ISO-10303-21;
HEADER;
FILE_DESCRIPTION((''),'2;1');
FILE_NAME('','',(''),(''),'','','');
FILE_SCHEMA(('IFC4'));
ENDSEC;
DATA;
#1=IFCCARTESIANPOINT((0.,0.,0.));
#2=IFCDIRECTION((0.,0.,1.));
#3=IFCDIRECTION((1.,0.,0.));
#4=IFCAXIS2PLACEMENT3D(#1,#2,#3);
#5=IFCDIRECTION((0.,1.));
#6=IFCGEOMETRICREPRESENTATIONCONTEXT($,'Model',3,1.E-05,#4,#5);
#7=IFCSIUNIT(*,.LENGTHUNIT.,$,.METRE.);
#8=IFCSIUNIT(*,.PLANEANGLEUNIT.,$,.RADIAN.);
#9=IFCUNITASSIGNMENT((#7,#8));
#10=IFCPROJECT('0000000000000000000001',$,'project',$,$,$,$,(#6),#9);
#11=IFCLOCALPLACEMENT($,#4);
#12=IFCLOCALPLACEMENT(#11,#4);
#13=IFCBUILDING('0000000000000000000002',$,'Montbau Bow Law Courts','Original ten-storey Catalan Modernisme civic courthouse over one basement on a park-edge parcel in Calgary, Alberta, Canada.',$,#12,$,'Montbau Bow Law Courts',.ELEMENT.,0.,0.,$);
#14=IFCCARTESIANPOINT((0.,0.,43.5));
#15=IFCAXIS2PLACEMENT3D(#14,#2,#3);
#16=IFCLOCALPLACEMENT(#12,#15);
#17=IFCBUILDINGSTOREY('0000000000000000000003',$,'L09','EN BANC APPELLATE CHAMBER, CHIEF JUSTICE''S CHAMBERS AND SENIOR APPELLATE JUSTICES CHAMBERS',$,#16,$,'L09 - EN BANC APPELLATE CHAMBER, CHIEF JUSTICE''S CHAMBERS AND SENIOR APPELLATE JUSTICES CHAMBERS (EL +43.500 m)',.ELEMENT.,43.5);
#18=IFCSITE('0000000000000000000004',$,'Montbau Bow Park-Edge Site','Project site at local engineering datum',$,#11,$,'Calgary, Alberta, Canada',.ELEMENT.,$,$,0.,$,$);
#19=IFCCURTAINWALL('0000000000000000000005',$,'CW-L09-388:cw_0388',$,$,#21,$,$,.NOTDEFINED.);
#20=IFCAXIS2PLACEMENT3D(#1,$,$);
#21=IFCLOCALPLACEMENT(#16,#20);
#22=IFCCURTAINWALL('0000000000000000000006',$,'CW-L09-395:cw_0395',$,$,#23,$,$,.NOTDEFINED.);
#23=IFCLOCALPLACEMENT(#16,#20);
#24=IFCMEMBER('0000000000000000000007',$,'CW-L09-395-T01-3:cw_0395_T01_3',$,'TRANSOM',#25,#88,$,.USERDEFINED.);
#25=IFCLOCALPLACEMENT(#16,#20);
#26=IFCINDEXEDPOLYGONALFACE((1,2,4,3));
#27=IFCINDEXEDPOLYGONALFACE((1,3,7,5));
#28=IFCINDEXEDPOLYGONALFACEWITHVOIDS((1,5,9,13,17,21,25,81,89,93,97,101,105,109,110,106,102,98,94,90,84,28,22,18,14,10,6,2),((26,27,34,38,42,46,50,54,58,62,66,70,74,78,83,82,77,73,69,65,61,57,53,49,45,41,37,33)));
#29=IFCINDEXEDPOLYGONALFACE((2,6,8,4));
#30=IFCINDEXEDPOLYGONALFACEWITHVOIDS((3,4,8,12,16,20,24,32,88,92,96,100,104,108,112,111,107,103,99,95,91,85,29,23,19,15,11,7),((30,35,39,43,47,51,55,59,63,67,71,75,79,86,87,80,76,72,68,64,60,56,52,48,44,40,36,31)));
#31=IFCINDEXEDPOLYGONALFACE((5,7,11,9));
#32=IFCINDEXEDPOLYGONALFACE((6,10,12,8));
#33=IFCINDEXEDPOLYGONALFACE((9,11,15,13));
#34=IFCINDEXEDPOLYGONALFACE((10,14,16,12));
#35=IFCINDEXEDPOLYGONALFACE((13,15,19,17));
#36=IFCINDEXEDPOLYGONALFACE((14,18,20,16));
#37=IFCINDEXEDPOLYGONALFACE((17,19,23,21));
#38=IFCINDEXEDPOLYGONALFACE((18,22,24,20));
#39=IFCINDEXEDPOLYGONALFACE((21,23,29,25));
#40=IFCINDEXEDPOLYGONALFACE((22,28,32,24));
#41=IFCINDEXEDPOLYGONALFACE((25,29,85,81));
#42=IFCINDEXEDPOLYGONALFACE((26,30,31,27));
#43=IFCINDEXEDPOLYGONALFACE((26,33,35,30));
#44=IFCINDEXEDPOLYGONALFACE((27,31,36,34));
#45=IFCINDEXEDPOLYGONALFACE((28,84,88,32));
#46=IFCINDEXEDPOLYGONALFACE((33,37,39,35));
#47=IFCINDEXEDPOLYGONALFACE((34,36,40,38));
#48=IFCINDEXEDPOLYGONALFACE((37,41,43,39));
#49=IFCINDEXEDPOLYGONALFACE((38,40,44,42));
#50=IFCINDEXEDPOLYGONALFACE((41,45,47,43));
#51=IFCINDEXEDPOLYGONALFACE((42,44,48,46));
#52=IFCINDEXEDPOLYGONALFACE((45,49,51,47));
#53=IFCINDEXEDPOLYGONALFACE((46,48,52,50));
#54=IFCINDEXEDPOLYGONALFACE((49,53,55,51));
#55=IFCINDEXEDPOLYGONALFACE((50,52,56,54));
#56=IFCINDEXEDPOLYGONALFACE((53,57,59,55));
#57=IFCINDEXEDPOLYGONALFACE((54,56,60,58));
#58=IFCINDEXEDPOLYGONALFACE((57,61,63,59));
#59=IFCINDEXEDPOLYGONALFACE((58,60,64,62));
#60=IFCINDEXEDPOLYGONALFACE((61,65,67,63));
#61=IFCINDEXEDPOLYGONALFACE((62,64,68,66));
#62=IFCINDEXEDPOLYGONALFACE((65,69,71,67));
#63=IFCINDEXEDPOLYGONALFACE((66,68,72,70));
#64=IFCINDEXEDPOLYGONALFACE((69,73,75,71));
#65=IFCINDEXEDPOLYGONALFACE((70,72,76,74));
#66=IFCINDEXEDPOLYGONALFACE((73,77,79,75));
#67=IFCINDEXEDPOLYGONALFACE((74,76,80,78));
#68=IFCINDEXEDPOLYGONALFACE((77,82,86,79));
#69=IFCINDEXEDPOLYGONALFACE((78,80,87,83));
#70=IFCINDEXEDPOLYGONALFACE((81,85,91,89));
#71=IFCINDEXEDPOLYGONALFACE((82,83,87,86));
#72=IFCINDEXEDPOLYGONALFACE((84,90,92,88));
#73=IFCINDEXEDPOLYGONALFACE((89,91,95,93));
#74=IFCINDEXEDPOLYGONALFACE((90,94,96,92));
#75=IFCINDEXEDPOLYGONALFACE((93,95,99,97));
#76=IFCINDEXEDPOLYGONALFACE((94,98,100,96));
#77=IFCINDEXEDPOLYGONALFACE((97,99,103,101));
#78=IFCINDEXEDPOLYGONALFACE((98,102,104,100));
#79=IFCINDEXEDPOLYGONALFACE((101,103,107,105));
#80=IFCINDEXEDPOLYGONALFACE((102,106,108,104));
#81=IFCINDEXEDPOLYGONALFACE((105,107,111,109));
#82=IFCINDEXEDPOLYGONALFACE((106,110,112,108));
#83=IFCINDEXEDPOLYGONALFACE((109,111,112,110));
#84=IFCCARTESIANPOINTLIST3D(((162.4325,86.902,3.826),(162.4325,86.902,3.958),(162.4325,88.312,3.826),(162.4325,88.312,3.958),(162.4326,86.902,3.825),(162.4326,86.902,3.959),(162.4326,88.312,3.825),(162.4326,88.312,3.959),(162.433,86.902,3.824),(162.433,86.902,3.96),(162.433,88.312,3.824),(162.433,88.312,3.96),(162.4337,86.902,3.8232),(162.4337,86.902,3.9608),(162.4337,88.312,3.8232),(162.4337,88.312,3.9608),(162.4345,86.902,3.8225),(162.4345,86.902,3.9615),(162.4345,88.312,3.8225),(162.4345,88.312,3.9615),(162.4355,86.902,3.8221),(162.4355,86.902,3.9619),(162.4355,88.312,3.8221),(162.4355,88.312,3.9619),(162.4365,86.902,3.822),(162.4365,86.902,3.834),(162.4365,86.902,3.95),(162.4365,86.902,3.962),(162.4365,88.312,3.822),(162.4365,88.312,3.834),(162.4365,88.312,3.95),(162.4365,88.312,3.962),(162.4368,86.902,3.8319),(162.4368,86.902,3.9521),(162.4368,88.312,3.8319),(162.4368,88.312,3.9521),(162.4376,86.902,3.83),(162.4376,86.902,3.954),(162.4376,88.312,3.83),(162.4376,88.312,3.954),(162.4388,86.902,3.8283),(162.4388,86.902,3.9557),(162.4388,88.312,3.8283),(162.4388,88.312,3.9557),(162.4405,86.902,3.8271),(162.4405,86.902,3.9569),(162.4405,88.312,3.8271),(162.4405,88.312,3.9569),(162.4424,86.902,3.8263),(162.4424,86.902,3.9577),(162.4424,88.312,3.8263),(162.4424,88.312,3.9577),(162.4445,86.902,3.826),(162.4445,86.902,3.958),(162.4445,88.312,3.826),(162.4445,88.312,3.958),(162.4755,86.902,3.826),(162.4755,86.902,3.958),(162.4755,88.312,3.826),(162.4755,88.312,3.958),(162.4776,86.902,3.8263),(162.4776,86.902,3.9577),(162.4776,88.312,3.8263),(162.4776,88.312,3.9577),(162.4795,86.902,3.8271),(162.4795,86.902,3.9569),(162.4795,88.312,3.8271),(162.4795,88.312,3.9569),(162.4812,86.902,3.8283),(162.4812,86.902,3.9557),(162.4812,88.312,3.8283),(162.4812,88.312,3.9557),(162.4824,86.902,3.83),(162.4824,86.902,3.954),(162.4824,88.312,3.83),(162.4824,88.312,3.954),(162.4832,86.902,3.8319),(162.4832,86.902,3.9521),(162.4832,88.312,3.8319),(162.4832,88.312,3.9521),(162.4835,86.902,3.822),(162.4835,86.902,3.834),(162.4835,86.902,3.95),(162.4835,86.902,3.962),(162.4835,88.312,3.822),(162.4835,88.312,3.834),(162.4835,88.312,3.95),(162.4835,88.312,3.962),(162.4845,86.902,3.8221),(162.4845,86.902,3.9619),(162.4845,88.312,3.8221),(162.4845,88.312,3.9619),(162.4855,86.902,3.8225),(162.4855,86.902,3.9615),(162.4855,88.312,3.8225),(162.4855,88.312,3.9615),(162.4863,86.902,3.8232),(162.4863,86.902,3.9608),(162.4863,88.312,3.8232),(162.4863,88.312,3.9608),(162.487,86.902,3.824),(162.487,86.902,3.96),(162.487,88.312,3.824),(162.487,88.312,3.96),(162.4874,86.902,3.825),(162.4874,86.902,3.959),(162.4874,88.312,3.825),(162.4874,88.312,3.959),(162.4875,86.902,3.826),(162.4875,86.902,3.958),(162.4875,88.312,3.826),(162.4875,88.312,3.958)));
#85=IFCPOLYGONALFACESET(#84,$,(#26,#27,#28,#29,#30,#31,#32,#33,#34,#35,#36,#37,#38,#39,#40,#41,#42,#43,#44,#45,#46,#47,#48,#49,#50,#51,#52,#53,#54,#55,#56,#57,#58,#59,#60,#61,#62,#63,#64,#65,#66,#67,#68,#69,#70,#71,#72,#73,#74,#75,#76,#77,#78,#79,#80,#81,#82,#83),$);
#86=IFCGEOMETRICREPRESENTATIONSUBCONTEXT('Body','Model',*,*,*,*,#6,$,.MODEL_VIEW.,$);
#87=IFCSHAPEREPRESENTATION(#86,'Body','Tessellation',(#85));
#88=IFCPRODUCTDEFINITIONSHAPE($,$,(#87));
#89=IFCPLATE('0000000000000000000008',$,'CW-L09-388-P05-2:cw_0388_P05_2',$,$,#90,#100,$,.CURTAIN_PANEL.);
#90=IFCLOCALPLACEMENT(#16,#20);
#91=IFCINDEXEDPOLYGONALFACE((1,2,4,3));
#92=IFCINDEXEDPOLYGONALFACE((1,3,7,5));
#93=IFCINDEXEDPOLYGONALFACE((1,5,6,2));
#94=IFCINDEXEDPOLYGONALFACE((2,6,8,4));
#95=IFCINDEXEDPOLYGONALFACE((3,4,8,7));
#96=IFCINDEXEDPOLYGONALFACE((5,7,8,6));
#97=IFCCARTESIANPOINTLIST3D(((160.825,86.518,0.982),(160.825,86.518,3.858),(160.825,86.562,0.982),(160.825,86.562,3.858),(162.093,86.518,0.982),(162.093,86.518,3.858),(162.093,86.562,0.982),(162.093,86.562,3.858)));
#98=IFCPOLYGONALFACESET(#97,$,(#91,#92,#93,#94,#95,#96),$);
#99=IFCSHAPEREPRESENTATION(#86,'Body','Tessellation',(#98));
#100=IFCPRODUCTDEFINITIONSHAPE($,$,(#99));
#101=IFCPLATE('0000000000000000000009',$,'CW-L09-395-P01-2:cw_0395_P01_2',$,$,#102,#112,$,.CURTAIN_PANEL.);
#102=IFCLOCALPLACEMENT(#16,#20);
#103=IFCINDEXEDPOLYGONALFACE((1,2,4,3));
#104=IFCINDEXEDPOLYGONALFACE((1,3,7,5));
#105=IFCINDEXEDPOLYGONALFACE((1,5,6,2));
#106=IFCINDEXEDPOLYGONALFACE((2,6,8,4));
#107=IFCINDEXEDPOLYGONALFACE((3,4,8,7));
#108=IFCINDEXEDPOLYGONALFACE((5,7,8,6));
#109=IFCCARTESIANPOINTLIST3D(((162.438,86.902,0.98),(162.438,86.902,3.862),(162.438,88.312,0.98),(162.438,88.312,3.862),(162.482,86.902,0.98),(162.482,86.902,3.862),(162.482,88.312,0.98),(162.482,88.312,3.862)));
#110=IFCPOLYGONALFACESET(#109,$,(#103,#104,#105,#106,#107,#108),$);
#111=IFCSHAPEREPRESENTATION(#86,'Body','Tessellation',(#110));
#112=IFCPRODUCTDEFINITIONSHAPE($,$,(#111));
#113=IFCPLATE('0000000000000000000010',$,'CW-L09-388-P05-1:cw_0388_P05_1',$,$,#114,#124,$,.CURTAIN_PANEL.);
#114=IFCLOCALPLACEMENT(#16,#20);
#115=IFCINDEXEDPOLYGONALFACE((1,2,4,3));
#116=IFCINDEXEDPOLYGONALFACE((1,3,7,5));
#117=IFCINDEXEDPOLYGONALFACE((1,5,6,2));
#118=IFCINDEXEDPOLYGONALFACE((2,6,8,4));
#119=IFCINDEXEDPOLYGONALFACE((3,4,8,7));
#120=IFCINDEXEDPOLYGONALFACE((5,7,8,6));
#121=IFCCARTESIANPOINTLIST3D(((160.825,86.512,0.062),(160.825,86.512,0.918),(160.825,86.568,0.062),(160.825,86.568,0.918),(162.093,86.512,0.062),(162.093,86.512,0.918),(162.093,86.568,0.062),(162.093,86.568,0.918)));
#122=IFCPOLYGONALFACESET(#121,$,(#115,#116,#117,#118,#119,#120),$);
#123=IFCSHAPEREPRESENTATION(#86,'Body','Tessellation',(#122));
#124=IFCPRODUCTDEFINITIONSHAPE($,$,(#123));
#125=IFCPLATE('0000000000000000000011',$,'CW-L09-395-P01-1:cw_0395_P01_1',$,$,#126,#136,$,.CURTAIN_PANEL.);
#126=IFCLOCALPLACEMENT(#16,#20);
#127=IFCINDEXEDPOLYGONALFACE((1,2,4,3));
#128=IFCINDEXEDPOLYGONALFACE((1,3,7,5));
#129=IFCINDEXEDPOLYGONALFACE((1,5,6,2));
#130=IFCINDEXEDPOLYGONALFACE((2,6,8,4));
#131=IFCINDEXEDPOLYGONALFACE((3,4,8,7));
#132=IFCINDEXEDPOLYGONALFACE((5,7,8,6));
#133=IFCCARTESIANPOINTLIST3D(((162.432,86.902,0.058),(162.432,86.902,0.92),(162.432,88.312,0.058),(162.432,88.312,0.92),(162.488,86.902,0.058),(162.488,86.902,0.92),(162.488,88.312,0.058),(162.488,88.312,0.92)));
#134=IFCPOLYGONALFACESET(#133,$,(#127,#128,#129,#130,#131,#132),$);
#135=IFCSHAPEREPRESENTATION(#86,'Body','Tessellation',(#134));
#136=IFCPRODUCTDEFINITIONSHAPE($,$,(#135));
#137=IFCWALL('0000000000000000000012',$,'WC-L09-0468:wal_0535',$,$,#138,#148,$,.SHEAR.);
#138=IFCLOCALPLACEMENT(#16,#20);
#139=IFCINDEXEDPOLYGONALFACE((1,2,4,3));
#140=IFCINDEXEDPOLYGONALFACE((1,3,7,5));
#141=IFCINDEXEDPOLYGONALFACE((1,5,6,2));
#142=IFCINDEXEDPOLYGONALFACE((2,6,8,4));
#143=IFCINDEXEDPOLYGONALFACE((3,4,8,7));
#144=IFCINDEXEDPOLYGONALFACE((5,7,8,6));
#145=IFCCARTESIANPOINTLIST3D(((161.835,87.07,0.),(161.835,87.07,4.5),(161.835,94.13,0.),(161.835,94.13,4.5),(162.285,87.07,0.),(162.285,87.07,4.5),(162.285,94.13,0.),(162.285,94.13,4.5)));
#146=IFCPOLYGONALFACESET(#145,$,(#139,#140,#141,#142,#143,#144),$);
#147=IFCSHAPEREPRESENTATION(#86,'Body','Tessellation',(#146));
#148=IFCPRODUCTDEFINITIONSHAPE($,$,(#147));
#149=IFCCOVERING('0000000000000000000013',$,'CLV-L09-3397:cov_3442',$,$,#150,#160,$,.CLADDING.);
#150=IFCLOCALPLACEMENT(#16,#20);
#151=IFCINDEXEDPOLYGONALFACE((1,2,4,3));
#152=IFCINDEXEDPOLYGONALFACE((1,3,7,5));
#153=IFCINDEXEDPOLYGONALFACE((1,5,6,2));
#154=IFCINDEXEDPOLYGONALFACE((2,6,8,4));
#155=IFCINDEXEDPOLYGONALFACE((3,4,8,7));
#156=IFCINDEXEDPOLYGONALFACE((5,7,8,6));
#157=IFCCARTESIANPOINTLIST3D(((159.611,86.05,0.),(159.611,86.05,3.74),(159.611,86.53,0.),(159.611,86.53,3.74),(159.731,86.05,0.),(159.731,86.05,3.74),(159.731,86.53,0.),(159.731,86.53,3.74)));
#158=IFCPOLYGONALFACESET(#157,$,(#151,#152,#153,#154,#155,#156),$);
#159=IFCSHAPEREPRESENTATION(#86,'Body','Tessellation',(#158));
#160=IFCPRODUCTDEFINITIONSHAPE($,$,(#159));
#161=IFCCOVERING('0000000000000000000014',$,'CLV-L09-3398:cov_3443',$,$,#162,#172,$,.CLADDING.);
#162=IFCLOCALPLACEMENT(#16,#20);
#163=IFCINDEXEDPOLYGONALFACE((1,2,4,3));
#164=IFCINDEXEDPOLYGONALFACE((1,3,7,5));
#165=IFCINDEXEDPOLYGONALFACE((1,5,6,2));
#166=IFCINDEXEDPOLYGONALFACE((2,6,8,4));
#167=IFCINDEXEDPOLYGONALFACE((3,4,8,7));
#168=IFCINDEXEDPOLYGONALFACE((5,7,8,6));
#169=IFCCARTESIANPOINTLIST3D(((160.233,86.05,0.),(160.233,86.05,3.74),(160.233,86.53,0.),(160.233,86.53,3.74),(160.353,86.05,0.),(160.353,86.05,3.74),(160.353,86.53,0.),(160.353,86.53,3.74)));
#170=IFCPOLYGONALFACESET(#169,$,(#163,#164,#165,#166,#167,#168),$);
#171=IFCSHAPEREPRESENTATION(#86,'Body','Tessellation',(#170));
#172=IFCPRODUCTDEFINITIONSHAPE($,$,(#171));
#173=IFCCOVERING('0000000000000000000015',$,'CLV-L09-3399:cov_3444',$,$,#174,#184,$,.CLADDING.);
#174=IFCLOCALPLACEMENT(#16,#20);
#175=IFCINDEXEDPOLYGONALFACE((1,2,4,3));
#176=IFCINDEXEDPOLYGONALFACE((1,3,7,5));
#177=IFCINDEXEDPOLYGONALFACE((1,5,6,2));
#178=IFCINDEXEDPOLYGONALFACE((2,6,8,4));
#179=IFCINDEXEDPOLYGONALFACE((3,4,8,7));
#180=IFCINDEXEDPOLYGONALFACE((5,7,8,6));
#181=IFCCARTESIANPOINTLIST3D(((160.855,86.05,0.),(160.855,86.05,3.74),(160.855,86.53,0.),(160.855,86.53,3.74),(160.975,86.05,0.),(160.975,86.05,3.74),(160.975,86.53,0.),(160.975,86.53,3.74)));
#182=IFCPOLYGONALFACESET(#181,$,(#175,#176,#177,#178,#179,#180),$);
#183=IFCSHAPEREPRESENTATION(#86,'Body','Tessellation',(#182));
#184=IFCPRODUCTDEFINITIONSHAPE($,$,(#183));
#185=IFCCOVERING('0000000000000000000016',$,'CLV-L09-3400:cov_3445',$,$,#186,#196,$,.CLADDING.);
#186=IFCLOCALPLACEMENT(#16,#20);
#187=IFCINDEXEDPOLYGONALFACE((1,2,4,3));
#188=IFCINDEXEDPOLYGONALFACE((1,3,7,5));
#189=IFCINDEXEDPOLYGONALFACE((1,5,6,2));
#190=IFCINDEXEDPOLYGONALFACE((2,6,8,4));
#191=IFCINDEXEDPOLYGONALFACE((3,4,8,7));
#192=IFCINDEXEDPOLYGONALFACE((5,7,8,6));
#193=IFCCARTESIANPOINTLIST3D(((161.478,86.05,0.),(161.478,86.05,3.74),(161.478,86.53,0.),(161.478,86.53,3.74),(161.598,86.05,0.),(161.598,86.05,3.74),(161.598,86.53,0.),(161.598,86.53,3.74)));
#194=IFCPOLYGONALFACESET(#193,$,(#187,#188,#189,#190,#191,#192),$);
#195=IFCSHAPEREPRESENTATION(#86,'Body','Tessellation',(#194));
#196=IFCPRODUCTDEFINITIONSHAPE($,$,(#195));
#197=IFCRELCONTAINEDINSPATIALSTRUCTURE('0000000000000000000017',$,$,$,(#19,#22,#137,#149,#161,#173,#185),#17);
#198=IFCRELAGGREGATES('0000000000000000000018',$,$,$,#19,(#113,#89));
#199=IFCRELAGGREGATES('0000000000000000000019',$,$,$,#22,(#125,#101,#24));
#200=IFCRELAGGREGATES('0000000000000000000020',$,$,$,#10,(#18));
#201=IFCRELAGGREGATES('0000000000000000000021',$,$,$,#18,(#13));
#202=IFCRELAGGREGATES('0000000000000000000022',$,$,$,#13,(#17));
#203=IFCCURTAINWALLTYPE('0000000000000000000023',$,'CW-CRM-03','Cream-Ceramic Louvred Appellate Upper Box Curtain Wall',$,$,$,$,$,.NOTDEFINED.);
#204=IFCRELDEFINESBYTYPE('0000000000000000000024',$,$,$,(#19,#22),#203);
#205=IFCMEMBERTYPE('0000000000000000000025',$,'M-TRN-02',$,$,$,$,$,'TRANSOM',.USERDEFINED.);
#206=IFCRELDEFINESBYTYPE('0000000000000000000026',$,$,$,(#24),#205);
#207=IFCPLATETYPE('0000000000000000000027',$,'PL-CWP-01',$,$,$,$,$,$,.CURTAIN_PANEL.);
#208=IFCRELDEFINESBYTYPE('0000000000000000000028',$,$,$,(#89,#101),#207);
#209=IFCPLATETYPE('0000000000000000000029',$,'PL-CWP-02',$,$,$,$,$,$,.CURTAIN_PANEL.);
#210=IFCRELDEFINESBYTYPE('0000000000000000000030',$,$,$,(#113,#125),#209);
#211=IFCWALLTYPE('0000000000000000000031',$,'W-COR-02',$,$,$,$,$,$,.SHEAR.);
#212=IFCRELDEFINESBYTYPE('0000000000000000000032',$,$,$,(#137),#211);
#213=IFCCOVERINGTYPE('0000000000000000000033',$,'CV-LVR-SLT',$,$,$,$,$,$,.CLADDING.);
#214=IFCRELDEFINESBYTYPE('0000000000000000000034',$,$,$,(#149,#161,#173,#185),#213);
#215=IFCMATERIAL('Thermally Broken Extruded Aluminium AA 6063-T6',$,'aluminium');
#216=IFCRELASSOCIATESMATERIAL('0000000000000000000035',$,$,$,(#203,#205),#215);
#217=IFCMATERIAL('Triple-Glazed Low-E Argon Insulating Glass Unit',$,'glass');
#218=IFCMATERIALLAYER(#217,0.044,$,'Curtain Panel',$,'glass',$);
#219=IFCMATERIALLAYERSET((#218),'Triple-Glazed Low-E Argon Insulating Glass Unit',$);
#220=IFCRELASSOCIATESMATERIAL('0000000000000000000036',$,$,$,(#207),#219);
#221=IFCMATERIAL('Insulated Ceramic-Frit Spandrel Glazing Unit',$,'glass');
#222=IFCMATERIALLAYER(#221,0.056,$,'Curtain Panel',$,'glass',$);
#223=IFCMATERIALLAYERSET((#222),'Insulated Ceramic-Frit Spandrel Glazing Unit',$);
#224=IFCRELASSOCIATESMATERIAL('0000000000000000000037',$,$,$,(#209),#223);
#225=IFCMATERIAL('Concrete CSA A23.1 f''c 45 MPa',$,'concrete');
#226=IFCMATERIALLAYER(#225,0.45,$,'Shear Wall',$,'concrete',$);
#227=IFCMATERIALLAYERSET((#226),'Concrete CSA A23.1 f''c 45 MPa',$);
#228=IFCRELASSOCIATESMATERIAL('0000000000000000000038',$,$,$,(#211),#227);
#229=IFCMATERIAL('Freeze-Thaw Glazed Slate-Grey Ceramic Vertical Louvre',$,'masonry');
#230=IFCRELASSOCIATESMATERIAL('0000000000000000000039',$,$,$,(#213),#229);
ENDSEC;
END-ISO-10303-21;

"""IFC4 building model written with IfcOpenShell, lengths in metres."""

from ifc_helpers import new_model, si_unit, direction, frame, frame_2d, origin_with_axes, origin_2d_with_axis, place, context, subcontext, project, spatial, rectangle, hollow_rectangle, extrude, material, layer, layer_set, material_profile, profile_set, type_object, element, aggregate, save


model = new_model("IFC4")

# Units and contexts
model_context = context("Model", 3, precision=1e-05, world=origin_with_axes(), true_north=direction((0.0, 1.0)))
body_context = subcontext(model_context, "Body", "Model", "MODEL_VIEW")
ifc_project = project(units=[si_unit("LENGTHUNIT", "METRE"), si_unit("PLANEANGLEUNIT", "RADIAN")], contexts=[model_context])

# Site, building, storey
site_placement = place(None, origin_with_axes())
site = spatial("IfcSite", under=ifc_project, at=site_placement, Name="Montbau Bow Park-Edge Site", Description="Project site at local engineering datum", LongName="Calgary, Alberta, Canada", CompositionType="ELEMENT", RefElevation=0.0)
building_placement = place(site_placement, origin_with_axes())
building = spatial("IfcBuilding", under=site, at=building_placement, Name="Montbau Bow Law Courts", Description="Original ten-storey Catalan Modernisme civic courthouse over one basement on a park-edge parcel in Calgary, Alberta, Canada.", LongName="Montbau Bow Law Courts", CompositionType="ELEMENT", ElevationOfRefHeight=0.0, ElevationOfTerrain=0.0)
storey_placement = place(building_placement, frame((0.0, 0.0, 43.5), z_axis=(0.0, 0.0, 1.0), x_axis=(1.0, 0.0, 0.0)))
storey = spatial("IfcBuildingStorey", under=building, at=storey_placement, Name="L09", Description="EN BANC APPELLATE CHAMBER, CHIEF JUSTICE'S CHAMBERS AND SENIOR APPELLATE JUSTICES CHAMBERS", LongName="L09 - EN BANC APPELLATE CHAMBER, CHIEF JUSTICE'S CHAMBERS AND SENIOR APPELLATE JUSTICES CHAMBERS (EL +43.500 m)", CompositionType="ELEMENT", Elevation=43.5)

# Curtain wall
ifc_material_1 = material(Name="Thermally Broken Extruded Aluminium AA 6063-T6", Category="aluminium")
curtain_wall_type = type_object("IfcCurtainWallType", Name="CW-CRM-03", Description="Cream-Ceramic Louvred Appellate Upper Box Curtain Wall", PredefinedType="NOTDEFINED", material=ifc_material_1)
curtain_wall_1_placement = place(None, frame((155.315, 86.54, 43.5), z_axis=(0.0, 0.0, 1.0), x_axis=(1.0, 0.0, 0.0)))
curtain_wall_1 = element("IfcCurtainWall", 1, at=curtain_wall_1_placement, inside=storey, type_object=curtain_wall_type, Name="CW-L09-388:cw_0388", PredefinedType="NOTDEFINED")

# Curtain wall
curtain_wall_2_placement = place(None, frame((162.46, 86.84, 43.5), z_axis=(0.0, 0.0, 1.0), x_axis=(1.0, 0.0, 0.0)))
curtain_wall_2 = element("IfcCurtainWall", 2, at=curtain_wall_2_placement, inside=storey, type_object=curtain_wall_type, Name="CW-L09-395:cw_0395", PredefinedType="NOTDEFINED")

# Member
ifc_material_profile_1 = material_profile(ifc_material_1, hollow_rectangle(XDim=0.055, YDim=0.14, WallThickness=0.004, InnerFilletRadius=0.008, OuterFilletRadius=0.004, at=origin_2d_with_axis()), Name="CWT-140X55", Category="Main", Priority=0)
ifc_profile_set_1 = profile_set([ifc_material_profile_1], Name="Thermally Broken Extruded Aluminium AA 6063-T6")
member_type_1 = type_object("IfcMemberType", Name="M-TRN-02", ElementType="TRANSOM", PredefinedType="USERDEFINED", material=ifc_profile_set_1)
member_1_placement = place(None, frame((162.46, 86.902, 47.392), z_axis=(0.0, 1.0, 0.0), x_axis=(-1.0, 0.0, 0.0)))
member_1 = element("IfcMember", 3, at=member_1_placement, type_object=member_type_1, Name="CW-L09-395-T01-3:cw_0395_T01_3", ObjectType="TRANSOM", PredefinedType="USERDEFINED", context=body_context, shape_type="SweptSolid", body=[
    extrude(hollow_rectangle(XDim=0.055, YDim=0.14, WallThickness=0.004, InnerFilletRadius=0.008, OuterFilletRadius=0.004, at=origin_2d_with_axis()), origin_with_axes(), (0.0, 0.0, 1.0), 1.41),
])

# Plates
ifc_material_2 = material(Name="Triple-Glazed Low-E Argon Insulating Glass Unit", Category="glass")
ifc_layer_1 = layer(ifc_material_2, 0.044, Name="Curtain Panel", Category="glass")
ifc_layer_set_1 = layer_set([ifc_layer_1], Name="Triple-Glazed Low-E Argon Insulating Glass Unit")
plate_type_1 = type_object("IfcPlateType", Name="PL-CWP-01", PredefinedType="CURTAIN_PANEL", material=ifc_layer_set_1)
plate_1_placement = place(None, frame((160.825, 86.54, 44.482), z_axis=(0.0, -1.0, 0.0), x_axis=(1.0, 0.0, 0.0)))
plate_1 = element("IfcPlate", 4, at=plate_1_placement, type_object=plate_type_1, Name="CW-L09-388-P05-2:cw_0388_P05_2", PredefinedType="CURTAIN_PANEL", context=body_context, shape_type="SweptSolid", body=[
    extrude(rectangle(XDim=1.268, YDim=2.876, at=frame_2d((0.634, 1.438), x_axis=(1.0, 0.0))), frame((0.0, 0.0, -0.022), z_axis=(0.0, 0.0, 1.0), x_axis=(1.0, 0.0, 0.0)), (0.0, 0.0, 1.0), 0.044),
])
plate_2_placement = place(None, frame((162.46, 86.902, 44.48), z_axis=(1.0, 0.0, 0.0), x_axis=(0.0, 1.0, 0.0)))
plate_2 = element("IfcPlate", 5, at=plate_2_placement, type_object=plate_type_1, Name="CW-L09-395-P01-2:cw_0395_P01_2", PredefinedType="CURTAIN_PANEL", context=body_context, shape_type="SweptSolid", body=[
    extrude(rectangle(XDim=1.41, YDim=2.882, at=frame_2d((0.705, 1.441), x_axis=(1.0, 0.0))), frame((0.0, 0.0, -0.022), z_axis=(0.0, 0.0, 1.0), x_axis=(1.0, 0.0, 0.0)), (0.0, 0.0, 1.0), 0.044),
])
ifc_material_3 = material(Name="Insulated Ceramic-Frit Spandrel Glazing Unit", Category="glass")
ifc_layer_2 = layer(ifc_material_3, 0.056, Name="Curtain Panel", Category="glass")
ifc_layer_set_2 = layer_set([ifc_layer_2], Name="Insulated Ceramic-Frit Spandrel Glazing Unit")
plate_type_2 = type_object("IfcPlateType", Name="PL-CWP-02", PredefinedType="CURTAIN_PANEL", material=ifc_layer_set_2)
plate_3_placement = place(None, frame((160.825, 86.54, 43.562), z_axis=(0.0, -1.0, 0.0), x_axis=(1.0, 0.0, 0.0)))
plate_3 = element("IfcPlate", 6, at=plate_3_placement, type_object=plate_type_2, Name="CW-L09-388-P05-1:cw_0388_P05_1", PredefinedType="CURTAIN_PANEL", context=body_context, shape_type="SweptSolid", body=[
    extrude(rectangle(XDim=1.268, YDim=0.856, at=frame_2d((0.634, 0.428), x_axis=(1.0, 0.0))), frame((0.0, 0.0, -0.028), z_axis=(0.0, 0.0, 1.0), x_axis=(1.0, 0.0, 0.0)), (0.0, 0.0, 1.0), 0.056),
])
aggregate(curtain_wall_1, [plate_3, plate_1])
plate_4_placement = place(None, frame((162.46, 86.902, 43.558), z_axis=(1.0, 0.0, 0.0), x_axis=(0.0, 1.0, 0.0)))
plate_4 = element("IfcPlate", 7, at=plate_4_placement, type_object=plate_type_2, Name="CW-L09-395-P01-1:cw_0395_P01_1", PredefinedType="CURTAIN_PANEL", context=body_context, shape_type="SweptSolid", body=[
    extrude(rectangle(XDim=1.41, YDim=0.862, at=frame_2d((0.705, 0.431), x_axis=(1.0, 0.0))), frame((0.0, 0.0, -0.028), z_axis=(0.0, 0.0, 1.0), x_axis=(1.0, 0.0, 0.0)), (0.0, 0.0, 1.0), 0.056),
])
aggregate(curtain_wall_2, [plate_4, plate_2, member_1])

# Wall
ifc_material_4 = material(Name="Concrete CSA A23.1 f'c 45 MPa", Category="concrete")
ifc_layer_3 = layer(ifc_material_4, 0.45, Name="Shear Wall", Category="concrete")
ifc_layer_set_3 = layer_set([ifc_layer_3], Name="Concrete CSA A23.1 f'c 45 MPa")
wall_type = type_object("IfcWallType", Name="W-COR-02", PredefinedType="SHEAR", material=ifc_layer_set_3)
wall_placement = place(None, frame((162.06, 87.07, 43.5), z_axis=(0.0, 0.0, 1.0), x_axis=(0.0, 1.0, 0.0)))
element("IfcWall", 8, at=wall_placement, inside=storey, type_object=wall_type, Name="WC-L09-0468:wal_0535", PredefinedType="SHEAR", context=body_context, shape_type="SweptSolid", body=[
    extrude(rectangle(XDim=7.06, YDim=0.45, at=frame_2d((3.53, 0.0), x_axis=(1.0, 0.0))), origin_with_axes(), (0.0, 0.0, 1.0), 4.5),
])

# Coverings
ifc_material_5 = material(Name="Freeze-Thaw Glazed Slate-Grey Ceramic Vertical Louvre", Category="masonry")
covering_type = type_object("IfcCoveringType", Name="CV-LVR-SLT", PredefinedType="CLADDING", material=ifc_material_5)
for number, where, z_axis, x_axis, name in (
    (9, (159.671, 86.53, 43.5), (-1.0, 0.0, 0.0), (0.0, -1.0, 0.0), "CLV-L09-3397:cov_3442"),
    (10, (160.293, 86.53, 43.5), (-1.0, 0.0, 0.0), (0.0, -1.0, 0.0), "CLV-L09-3398:cov_3443"),
    (11, (160.915, 86.53, 43.5), (-1.0, 0.0, 0.0), (0.0, -1.0, 0.0), "CLV-L09-3399:cov_3444"),
    (12, (161.538, 86.53, 43.5), (-1.0, 0.0, 0.0), (0.0, -1.0, 0.0), "CLV-L09-3400:cov_3445"),
):
    element("IfcCovering", number, at=place(None, frame(where, z_axis=z_axis, x_axis=x_axis)), inside=storey, type_object=covering_type, Name=name, PredefinedType="CLADDING", context=body_context, shape_type="SweptSolid", body=[
        extrude(rectangle(XDim=0.48, YDim=3.74, at=frame_2d((0.24, 1.87), x_axis=(1.0, 0.0))), frame((0.0, 0.0, -0.06), z_axis=(0.0, 0.0, 1.0), x_axis=(1.0, 0.0, 0.0)), (0.0, 0.0, 1.0), 0.12),
    ])

save(model, "model.ifc")
